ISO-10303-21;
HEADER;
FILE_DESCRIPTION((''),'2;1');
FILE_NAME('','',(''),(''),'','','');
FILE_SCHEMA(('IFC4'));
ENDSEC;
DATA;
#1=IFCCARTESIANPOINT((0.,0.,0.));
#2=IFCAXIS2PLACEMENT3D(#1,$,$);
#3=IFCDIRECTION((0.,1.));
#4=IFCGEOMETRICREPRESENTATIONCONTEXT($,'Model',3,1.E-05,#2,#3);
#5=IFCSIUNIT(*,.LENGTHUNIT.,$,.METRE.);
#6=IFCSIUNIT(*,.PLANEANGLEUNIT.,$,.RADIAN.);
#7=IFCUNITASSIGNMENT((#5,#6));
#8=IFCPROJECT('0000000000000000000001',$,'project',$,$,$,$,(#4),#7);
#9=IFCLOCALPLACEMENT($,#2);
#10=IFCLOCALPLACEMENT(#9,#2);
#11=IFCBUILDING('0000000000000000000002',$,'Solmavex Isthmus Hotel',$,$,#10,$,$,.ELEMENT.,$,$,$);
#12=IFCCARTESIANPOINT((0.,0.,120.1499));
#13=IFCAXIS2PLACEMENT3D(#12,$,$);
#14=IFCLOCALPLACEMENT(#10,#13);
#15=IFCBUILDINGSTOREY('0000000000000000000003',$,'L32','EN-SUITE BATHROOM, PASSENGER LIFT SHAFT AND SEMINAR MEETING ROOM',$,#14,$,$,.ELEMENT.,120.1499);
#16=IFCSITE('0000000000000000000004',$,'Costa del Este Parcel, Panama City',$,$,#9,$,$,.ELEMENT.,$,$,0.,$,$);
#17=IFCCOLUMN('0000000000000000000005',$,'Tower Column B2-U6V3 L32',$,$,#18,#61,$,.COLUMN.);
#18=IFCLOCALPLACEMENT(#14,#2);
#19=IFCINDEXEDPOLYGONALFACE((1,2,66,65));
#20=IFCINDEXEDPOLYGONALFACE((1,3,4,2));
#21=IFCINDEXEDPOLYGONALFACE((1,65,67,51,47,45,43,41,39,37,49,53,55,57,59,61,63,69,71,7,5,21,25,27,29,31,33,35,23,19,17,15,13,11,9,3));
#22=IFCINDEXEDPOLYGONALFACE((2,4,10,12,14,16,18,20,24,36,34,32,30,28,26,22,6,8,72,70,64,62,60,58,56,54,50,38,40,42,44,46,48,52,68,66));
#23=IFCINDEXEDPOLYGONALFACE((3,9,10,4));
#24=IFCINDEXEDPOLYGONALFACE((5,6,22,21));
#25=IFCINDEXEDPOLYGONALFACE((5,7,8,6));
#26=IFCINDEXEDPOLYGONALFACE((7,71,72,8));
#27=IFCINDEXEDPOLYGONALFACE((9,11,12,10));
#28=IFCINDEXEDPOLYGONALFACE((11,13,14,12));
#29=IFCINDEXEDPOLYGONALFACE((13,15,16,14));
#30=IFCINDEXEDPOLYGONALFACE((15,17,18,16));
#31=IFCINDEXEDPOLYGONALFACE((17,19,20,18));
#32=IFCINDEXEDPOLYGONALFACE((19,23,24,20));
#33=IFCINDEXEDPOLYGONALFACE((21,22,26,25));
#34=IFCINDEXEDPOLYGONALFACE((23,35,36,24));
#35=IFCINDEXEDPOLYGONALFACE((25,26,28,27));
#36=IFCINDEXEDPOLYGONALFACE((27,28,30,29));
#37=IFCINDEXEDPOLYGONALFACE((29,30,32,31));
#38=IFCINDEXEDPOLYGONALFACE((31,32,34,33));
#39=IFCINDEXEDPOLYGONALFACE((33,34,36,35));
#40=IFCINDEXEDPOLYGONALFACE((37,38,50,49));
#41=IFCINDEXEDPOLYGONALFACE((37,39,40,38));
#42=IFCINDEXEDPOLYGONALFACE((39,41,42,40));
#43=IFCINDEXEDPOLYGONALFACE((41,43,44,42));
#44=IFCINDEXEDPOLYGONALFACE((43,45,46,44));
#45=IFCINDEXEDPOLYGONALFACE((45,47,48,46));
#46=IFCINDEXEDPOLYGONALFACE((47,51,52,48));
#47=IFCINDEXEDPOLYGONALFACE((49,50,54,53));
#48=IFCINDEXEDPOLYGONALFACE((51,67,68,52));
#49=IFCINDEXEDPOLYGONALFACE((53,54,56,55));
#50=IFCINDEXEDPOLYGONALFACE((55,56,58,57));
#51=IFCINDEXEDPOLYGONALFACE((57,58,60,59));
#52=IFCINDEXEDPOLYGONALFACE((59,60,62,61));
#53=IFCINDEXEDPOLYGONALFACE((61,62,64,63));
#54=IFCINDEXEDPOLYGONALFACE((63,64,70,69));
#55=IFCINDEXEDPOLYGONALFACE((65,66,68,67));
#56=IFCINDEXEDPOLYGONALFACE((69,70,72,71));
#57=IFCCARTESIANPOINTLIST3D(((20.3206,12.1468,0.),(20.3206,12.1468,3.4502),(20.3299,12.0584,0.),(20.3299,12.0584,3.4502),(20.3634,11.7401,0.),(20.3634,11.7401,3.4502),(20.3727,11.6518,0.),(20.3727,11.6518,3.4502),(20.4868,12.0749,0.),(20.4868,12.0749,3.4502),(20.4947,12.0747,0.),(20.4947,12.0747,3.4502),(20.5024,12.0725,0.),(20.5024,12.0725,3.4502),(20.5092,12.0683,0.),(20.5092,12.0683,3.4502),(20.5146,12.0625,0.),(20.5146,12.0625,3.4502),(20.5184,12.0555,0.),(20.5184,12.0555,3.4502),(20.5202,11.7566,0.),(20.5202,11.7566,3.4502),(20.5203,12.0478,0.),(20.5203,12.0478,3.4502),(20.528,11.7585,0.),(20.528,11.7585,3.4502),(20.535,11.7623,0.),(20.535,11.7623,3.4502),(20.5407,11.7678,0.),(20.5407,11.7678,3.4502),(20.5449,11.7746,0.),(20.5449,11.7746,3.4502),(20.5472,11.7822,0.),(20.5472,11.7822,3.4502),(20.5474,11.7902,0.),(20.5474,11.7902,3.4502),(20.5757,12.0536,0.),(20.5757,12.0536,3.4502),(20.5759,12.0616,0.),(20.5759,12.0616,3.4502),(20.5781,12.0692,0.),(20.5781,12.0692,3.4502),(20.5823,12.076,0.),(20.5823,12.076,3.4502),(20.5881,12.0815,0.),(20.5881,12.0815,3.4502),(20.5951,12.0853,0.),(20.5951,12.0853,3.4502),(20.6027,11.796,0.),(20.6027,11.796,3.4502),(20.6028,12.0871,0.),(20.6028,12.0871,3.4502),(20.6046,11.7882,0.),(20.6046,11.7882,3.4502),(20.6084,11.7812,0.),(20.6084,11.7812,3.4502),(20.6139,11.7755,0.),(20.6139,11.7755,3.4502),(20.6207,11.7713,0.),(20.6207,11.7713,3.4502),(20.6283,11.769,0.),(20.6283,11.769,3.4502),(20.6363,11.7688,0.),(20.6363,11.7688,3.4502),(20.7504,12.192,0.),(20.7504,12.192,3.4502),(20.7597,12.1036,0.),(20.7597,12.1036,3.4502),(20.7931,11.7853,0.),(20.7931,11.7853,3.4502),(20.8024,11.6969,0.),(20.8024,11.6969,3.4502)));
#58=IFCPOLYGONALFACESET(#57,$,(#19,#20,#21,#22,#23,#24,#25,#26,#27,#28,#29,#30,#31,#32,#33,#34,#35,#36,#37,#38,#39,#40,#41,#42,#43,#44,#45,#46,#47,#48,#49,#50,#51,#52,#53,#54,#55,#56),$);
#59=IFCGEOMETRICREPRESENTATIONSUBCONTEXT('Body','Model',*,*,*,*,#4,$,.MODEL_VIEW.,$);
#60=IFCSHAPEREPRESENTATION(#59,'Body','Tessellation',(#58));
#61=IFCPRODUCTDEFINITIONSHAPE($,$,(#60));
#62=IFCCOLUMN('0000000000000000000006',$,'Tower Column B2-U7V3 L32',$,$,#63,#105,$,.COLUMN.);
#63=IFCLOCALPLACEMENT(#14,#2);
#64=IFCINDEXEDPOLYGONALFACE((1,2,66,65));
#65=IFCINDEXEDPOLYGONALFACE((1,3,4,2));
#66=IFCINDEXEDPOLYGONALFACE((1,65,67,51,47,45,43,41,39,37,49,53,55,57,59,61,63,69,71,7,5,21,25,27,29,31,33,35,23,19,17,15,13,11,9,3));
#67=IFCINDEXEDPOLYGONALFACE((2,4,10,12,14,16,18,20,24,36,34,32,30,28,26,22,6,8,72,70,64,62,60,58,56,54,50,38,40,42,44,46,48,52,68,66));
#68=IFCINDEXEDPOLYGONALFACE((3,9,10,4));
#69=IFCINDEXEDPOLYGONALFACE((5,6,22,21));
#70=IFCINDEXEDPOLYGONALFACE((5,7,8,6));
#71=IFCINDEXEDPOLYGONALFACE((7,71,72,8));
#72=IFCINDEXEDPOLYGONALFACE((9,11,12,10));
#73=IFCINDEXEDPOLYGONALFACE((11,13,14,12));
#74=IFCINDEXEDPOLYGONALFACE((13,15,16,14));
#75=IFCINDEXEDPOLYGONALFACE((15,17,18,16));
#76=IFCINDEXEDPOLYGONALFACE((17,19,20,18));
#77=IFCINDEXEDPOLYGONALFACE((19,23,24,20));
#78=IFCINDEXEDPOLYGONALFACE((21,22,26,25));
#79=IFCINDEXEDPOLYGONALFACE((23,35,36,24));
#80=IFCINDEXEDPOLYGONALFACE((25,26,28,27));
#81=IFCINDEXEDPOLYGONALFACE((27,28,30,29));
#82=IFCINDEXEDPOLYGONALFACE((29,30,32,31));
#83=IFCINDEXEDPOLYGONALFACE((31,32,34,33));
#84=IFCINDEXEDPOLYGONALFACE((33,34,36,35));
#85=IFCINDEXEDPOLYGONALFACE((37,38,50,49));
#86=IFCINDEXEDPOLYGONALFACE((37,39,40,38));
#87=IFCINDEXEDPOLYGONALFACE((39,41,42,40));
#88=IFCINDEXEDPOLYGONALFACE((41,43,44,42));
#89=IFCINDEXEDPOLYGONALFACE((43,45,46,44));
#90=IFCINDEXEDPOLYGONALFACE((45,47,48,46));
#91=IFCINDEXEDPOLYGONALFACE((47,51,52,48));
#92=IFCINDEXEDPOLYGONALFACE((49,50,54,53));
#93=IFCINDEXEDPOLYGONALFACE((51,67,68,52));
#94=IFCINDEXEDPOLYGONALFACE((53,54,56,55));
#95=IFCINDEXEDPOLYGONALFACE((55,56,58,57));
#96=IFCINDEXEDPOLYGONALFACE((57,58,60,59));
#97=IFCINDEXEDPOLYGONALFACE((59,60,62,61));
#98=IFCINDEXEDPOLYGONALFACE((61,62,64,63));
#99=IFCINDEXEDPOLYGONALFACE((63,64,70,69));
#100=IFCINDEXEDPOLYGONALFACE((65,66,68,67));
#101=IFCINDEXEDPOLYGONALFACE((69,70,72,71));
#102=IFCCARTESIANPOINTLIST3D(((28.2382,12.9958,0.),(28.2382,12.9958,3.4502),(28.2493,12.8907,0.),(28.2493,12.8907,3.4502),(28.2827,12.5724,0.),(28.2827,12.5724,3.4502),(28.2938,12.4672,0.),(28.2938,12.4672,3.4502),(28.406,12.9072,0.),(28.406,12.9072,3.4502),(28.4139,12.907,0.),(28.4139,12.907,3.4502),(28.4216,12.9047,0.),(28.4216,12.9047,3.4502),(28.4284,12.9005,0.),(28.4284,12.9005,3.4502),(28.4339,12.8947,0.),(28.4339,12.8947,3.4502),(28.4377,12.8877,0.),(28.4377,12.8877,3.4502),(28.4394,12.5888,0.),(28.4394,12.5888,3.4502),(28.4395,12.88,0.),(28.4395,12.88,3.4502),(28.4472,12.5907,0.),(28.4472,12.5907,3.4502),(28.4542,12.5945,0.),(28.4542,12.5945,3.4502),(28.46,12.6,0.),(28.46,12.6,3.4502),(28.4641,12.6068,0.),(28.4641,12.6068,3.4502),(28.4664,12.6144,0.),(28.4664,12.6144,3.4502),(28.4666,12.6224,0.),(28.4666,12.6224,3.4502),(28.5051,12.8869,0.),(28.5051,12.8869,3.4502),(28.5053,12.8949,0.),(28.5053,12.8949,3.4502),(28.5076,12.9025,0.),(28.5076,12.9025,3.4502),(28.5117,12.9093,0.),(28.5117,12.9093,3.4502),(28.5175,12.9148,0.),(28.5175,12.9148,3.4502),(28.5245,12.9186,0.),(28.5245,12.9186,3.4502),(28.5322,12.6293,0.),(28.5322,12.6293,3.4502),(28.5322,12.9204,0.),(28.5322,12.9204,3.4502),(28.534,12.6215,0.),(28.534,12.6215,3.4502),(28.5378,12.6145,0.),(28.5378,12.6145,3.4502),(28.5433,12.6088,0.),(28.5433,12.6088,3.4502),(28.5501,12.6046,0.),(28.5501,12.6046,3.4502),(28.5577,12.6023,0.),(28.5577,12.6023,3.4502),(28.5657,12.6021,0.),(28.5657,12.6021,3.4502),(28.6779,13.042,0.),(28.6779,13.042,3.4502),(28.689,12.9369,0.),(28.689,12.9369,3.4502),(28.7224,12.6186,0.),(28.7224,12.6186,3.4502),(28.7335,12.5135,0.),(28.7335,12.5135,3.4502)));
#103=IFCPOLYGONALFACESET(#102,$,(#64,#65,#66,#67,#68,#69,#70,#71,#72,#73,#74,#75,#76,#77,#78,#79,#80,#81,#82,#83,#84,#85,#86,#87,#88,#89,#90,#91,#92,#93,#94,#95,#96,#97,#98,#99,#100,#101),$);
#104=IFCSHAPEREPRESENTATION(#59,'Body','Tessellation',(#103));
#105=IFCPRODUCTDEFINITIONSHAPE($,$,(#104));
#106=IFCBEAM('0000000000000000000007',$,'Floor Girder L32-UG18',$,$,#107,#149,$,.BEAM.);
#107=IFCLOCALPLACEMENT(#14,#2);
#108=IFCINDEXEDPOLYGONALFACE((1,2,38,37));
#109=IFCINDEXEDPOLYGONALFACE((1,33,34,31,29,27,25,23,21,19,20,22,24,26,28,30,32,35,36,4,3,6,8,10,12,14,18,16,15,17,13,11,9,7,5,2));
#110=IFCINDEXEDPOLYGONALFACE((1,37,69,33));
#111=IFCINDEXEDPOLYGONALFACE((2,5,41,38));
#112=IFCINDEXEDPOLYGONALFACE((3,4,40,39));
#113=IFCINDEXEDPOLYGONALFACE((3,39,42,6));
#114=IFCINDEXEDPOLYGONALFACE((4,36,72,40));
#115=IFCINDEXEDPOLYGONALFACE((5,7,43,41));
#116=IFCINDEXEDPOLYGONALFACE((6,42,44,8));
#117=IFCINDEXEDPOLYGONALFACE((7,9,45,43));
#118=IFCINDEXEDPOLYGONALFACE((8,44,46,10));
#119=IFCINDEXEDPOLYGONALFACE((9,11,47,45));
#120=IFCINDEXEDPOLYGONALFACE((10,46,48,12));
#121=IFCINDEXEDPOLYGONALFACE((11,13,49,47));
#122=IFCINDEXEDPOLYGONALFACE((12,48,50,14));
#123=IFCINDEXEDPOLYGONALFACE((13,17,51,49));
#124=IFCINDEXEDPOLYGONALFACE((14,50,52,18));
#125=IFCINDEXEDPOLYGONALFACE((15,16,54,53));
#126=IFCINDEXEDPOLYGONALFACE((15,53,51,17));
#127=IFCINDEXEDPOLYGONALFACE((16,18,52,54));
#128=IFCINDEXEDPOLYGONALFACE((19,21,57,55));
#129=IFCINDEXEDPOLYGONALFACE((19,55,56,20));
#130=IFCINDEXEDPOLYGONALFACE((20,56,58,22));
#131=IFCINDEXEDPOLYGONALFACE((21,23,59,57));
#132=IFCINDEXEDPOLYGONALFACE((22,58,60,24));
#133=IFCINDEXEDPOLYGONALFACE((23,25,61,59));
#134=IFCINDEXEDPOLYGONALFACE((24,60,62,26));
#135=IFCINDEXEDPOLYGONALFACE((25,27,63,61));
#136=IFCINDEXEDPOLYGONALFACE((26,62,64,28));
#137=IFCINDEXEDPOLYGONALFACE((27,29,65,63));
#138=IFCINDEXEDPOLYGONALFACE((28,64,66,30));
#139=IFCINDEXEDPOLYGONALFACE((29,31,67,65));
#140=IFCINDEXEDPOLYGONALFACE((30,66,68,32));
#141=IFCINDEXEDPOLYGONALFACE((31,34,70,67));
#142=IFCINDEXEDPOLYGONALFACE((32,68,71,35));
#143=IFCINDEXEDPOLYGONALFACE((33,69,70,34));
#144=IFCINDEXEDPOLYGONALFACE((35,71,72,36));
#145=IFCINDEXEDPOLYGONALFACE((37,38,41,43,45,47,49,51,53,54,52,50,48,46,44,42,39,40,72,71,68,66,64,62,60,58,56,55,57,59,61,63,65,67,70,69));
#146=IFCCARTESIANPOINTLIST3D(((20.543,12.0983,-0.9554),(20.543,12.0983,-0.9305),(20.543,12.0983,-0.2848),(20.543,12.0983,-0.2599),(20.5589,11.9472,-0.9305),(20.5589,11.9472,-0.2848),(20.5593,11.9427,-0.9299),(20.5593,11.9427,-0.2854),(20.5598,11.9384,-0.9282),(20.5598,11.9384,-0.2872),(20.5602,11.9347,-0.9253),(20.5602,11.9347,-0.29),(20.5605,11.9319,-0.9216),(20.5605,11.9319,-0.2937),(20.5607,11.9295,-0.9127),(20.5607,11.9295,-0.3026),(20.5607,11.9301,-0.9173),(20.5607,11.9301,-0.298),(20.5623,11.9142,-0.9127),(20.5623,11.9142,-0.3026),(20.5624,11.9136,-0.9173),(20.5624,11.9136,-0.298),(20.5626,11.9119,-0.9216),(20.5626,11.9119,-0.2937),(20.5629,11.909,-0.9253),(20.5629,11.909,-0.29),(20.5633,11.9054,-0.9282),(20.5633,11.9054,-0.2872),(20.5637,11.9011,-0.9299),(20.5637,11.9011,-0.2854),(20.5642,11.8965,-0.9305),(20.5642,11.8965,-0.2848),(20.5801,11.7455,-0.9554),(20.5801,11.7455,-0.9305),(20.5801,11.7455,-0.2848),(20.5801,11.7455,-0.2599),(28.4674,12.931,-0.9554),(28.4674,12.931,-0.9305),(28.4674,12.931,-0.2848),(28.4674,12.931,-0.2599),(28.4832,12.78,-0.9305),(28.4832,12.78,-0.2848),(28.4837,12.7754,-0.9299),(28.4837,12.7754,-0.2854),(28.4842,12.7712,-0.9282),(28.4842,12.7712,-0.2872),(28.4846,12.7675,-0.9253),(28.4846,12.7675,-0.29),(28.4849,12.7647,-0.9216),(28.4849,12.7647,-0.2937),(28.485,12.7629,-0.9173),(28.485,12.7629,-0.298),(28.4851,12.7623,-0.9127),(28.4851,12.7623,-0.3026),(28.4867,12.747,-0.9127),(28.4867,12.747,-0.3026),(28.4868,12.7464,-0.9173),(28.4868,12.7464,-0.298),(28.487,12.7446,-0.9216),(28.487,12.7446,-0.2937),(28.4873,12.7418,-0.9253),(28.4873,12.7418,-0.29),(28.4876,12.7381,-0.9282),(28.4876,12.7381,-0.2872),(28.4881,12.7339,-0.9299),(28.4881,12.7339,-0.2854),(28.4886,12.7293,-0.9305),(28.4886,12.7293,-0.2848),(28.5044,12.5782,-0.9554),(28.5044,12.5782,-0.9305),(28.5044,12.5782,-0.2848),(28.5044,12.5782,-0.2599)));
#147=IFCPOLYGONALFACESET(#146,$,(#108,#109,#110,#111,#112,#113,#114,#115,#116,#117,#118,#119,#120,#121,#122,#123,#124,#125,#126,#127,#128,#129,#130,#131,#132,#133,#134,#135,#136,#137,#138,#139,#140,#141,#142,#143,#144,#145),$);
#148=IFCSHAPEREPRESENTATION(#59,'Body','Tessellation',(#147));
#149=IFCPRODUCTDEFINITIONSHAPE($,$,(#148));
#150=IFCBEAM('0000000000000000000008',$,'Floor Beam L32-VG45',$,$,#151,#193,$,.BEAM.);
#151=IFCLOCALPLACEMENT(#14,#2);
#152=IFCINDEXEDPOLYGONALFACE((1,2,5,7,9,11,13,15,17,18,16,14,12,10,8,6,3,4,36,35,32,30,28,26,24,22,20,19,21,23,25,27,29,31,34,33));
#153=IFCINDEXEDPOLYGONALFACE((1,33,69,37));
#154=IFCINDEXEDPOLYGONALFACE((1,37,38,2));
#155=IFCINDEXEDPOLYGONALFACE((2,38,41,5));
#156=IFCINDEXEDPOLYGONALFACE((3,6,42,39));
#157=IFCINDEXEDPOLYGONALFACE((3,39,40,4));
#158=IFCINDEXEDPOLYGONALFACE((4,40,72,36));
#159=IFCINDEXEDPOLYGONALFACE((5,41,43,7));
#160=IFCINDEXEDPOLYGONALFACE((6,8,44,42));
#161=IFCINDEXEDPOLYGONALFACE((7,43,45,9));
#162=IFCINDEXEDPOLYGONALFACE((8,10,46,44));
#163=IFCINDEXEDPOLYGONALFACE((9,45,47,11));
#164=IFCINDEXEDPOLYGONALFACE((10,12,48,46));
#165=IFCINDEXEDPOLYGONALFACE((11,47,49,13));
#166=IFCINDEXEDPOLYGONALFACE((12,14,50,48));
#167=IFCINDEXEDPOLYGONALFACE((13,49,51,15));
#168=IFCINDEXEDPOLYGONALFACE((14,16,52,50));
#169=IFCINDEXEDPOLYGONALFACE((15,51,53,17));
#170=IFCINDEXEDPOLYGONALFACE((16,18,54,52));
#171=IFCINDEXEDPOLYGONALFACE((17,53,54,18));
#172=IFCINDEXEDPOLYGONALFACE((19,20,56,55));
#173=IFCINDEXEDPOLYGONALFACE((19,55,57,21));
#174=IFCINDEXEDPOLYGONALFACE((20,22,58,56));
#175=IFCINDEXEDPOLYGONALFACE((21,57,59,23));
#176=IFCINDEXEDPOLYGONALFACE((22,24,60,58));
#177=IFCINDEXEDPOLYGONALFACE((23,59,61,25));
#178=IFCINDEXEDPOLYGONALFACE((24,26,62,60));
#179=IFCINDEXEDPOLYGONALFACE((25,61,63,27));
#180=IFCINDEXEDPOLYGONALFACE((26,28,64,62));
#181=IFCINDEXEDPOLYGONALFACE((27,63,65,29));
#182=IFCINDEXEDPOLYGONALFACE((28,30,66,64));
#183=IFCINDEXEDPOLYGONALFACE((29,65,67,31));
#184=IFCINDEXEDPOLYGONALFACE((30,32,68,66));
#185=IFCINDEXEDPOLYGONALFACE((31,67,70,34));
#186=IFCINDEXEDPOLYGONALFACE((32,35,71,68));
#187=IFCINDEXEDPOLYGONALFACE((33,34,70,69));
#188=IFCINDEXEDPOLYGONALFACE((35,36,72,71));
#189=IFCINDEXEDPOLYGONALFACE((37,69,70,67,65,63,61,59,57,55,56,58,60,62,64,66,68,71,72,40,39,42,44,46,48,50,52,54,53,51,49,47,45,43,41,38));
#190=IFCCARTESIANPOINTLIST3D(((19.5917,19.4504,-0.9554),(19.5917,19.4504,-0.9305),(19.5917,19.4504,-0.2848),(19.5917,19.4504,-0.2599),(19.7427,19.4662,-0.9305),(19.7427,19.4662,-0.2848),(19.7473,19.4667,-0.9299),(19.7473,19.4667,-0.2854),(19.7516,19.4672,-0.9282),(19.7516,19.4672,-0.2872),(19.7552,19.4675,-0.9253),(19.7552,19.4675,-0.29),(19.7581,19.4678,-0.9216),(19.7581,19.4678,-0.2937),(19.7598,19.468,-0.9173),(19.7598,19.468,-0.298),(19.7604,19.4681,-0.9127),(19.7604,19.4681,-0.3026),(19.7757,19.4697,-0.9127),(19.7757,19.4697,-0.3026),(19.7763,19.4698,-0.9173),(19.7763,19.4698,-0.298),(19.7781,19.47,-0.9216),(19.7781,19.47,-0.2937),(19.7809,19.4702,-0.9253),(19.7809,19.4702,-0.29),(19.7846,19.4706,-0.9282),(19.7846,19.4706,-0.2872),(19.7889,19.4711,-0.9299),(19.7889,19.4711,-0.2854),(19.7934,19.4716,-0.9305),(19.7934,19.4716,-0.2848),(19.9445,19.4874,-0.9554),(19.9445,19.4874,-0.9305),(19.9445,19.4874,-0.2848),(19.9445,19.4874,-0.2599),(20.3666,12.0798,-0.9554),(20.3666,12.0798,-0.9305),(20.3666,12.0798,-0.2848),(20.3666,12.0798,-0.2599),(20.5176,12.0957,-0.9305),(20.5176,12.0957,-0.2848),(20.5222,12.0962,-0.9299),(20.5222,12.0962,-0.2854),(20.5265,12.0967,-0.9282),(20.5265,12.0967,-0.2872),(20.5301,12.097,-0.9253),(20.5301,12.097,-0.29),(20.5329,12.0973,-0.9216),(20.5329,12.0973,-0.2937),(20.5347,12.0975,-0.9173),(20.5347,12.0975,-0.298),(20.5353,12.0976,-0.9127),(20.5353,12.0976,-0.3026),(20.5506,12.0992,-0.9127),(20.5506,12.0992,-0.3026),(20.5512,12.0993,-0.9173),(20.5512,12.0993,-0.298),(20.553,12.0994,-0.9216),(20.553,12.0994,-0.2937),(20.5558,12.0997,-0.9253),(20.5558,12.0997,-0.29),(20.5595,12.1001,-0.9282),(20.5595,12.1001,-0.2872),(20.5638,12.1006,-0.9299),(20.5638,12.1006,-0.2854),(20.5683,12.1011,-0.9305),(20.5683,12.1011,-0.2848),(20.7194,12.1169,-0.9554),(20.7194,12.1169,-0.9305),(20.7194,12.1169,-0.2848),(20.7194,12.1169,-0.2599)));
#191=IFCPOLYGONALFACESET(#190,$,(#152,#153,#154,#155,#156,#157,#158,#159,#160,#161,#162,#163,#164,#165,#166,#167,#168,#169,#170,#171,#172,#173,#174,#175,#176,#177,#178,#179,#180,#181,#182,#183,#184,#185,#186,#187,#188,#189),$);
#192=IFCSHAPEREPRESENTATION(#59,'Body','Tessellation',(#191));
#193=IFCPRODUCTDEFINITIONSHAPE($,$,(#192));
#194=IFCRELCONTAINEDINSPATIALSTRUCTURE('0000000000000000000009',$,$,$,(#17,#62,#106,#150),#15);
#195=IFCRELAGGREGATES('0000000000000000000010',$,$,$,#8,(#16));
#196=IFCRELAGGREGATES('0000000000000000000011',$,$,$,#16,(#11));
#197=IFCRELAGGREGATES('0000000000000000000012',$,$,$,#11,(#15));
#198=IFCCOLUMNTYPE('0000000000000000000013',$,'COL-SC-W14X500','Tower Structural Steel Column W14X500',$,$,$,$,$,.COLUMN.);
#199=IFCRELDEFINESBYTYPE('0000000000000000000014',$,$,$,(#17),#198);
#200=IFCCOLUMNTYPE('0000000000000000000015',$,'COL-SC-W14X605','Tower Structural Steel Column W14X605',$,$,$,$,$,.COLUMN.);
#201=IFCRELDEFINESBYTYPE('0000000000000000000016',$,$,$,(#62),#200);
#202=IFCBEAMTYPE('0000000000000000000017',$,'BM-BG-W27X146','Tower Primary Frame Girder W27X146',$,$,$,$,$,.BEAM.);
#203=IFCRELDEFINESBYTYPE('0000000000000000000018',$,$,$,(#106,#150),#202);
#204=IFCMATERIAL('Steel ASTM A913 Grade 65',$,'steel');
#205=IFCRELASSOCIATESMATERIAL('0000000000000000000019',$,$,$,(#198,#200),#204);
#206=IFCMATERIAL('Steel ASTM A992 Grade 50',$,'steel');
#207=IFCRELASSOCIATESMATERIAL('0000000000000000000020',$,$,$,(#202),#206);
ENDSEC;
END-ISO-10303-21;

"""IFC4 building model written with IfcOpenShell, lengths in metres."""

from ifc_helpers import new_model, si_unit, direction, frame, origin, origin_2d, place, context, subcontext, project, spatial, i_section, extrude, material, material_profile, profile_set, type_object, element, save


model = new_model("IFC4")

# Units and contexts
model_context = context("Model", 3, precision=1e-05, world=origin(), true_north=direction((0.0, 1.0)))
body_context = subcontext(model_context, "Body", "Model", "MODEL_VIEW")
ifc_project = project(units=[si_unit("LENGTHUNIT", "METRE"), si_unit("PLANEANGLEUNIT", "RADIAN")], contexts=[model_context])

# Site, building, storey
site_placement = place(None, origin())
site = spatial("IfcSite", under=ifc_project, at=site_placement, Name="Costa del Este Parcel, Panama City", CompositionType="ELEMENT", RefElevation=0.0)
building_placement = place(site_placement, origin())
building = spatial("IfcBuilding", under=site, at=building_placement, Name="Solmavex Isthmus Hotel", CompositionType="ELEMENT")
storey_placement = place(building_placement, frame((0.0, 0.0, 120.1499)))
storey = spatial("IfcBuildingStorey", under=building, at=storey_placement, Name="L32", Description="EN-SUITE BATHROOM, PASSENGER LIFT SHAFT AND SEMINAR MEETING ROOM", CompositionType="ELEMENT", Elevation=120.1499)

# Columns
ifc_material_1 = material(Name="Steel ASTM A913 Grade 65", Category="steel")
ifc_material_profile_1 = material_profile(ifc_material_1, i_section(OverallWidth=0.4321, OverallDepth=0.4978, WebThickness=0.0557, FlangeThickness=0.0889, FilletRadius=0.0305, at=origin_2d()), Name="W14X500")
ifc_profile_set_1 = profile_set([ifc_material_profile_1], Name="Steel ASTM A913 Grade 65")
column_type_1 = type_object("IfcColumnType", Name="COL-SC-W14X500", Description="Tower Structural Steel Column W14X500", PredefinedType="COLUMN", material=ifc_profile_set_1)
column_1_placement = place(storey_placement, frame((20.5615, 11.9219, 0.0), z_axis=(0.0, 0.0, 1.0), x_axis=(0.994522, 0.104528, 0.0)))
element("IfcColumn", 1, at=column_1_placement, inside=storey, type_object=column_type_1, Name="Tower Column B2-U6V3 L32", PredefinedType="COLUMN", context=body_context, shape_type="SweptSolid", body=[
    extrude(i_section(OverallWidth=0.4321, OverallDepth=0.4978, WebThickness=0.0557, FlangeThickness=0.0889, FilletRadius=0.0305, at=origin_2d()), origin(), (0.0, 0.0, 1.0), 3.4502),
])
ifc_material_profile_2 = material_profile(ifc_material_1, i_section(OverallWidth=0.4421, OverallDepth=0.5315, WebThickness=0.0659, FlangeThickness=0.1057, FilletRadius=0.0305, at=origin_2d()), Name="W14X605")
ifc_profile_set_2 = profile_set([ifc_material_profile_2], Name="Steel ASTM A913 Grade 65")
column_type_2 = type_object("IfcColumnType", Name="COL-SC-W14X605", Description="Tower Structural Steel Column W14X605", PredefinedType="COLUMN", material=ifc_profile_set_2)
column_2_placement = place(storey_placement, frame((28.4858, 12.7546, 0.0), z_axis=(0.0, 0.0, 1.0), x_axis=(0.994522, 0.104528, 0.0)))
element("IfcColumn", 2, at=column_2_placement, inside=storey, type_object=column_type_2, Name="Tower Column B2-U7V3 L32", PredefinedType="COLUMN", context=body_context, shape_type="SweptSolid", body=[
    extrude(i_section(OverallWidth=0.4421, OverallDepth=0.5315, WebThickness=0.0659, FlangeThickness=0.1057, FilletRadius=0.0305, at=origin_2d()), origin(), (0.0, 0.0, 1.0), 3.4502),
])

# Beams
ifc_material_2 = material(Name="Steel ASTM A992 Grade 50", Category="steel")
ifc_material_profile_3 = material_profile(ifc_material_2, i_section(OverallWidth=0.3547, OverallDepth=0.6956, WebThickness=0.0154, FlangeThickness=0.0249, FilletRadius=0.0178, at=origin_2d()), Name="W27X146")
ifc_profile_set_3 = profile_set([ifc_material_profile_3], Name="Steel ASTM A992 Grade 50")
beam_type_1 = type_object("IfcBeamType", Name="BM-BG-W27X146", Description="Tower Primary Frame Girder W27X146", PredefinedType="BEAM", material=ifc_profile_set_3)
beam_1_placement = place(storey_placement, frame((20.5615, 11.9219, -0.6077), z_axis=(0.994523, 0.104514, 0.0), x_axis=(-0.104514, 0.994523, 0.0)))
element("IfcBeam", 3, at=beam_1_placement, inside=storey, type_object=beam_type_1, Name="Floor Girder L32-UG18", PredefinedType="BEAM", context=body_context, shape_type="SweptSolid", body=[
    extrude(i_section(OverallWidth=0.3547, OverallDepth=0.6956, WebThickness=0.0154, FlangeThickness=0.0249, FilletRadius=0.0178, at=origin_2d()), origin(), (0.0, 0.0, 1.0), 7.968),
])
beam_2_placement = place(storey_placement, frame((20.543, 12.0984, -0.6077), z_axis=(-0.104558, 0.994519, 0.0), x_axis=(-0.994519, -0.104558, 0.0)))
element("IfcBeam", 4, at=beam_2_placement, inside=storey, type_object=beam_type_1, Name="Floor Beam L32-VG45", PredefinedType="BEAM", context=body_context, shape_type="SweptSolid", body=[
    extrude(i_section(OverallWidth=0.3547, OverallDepth=0.6956, WebThickness=0.0154, FlangeThickness=0.0249, FilletRadius=0.0178, at=origin_2d()), origin(), (0.0, 0.0, 1.0), 7.4111),
])

save(model, "model.ifc")
